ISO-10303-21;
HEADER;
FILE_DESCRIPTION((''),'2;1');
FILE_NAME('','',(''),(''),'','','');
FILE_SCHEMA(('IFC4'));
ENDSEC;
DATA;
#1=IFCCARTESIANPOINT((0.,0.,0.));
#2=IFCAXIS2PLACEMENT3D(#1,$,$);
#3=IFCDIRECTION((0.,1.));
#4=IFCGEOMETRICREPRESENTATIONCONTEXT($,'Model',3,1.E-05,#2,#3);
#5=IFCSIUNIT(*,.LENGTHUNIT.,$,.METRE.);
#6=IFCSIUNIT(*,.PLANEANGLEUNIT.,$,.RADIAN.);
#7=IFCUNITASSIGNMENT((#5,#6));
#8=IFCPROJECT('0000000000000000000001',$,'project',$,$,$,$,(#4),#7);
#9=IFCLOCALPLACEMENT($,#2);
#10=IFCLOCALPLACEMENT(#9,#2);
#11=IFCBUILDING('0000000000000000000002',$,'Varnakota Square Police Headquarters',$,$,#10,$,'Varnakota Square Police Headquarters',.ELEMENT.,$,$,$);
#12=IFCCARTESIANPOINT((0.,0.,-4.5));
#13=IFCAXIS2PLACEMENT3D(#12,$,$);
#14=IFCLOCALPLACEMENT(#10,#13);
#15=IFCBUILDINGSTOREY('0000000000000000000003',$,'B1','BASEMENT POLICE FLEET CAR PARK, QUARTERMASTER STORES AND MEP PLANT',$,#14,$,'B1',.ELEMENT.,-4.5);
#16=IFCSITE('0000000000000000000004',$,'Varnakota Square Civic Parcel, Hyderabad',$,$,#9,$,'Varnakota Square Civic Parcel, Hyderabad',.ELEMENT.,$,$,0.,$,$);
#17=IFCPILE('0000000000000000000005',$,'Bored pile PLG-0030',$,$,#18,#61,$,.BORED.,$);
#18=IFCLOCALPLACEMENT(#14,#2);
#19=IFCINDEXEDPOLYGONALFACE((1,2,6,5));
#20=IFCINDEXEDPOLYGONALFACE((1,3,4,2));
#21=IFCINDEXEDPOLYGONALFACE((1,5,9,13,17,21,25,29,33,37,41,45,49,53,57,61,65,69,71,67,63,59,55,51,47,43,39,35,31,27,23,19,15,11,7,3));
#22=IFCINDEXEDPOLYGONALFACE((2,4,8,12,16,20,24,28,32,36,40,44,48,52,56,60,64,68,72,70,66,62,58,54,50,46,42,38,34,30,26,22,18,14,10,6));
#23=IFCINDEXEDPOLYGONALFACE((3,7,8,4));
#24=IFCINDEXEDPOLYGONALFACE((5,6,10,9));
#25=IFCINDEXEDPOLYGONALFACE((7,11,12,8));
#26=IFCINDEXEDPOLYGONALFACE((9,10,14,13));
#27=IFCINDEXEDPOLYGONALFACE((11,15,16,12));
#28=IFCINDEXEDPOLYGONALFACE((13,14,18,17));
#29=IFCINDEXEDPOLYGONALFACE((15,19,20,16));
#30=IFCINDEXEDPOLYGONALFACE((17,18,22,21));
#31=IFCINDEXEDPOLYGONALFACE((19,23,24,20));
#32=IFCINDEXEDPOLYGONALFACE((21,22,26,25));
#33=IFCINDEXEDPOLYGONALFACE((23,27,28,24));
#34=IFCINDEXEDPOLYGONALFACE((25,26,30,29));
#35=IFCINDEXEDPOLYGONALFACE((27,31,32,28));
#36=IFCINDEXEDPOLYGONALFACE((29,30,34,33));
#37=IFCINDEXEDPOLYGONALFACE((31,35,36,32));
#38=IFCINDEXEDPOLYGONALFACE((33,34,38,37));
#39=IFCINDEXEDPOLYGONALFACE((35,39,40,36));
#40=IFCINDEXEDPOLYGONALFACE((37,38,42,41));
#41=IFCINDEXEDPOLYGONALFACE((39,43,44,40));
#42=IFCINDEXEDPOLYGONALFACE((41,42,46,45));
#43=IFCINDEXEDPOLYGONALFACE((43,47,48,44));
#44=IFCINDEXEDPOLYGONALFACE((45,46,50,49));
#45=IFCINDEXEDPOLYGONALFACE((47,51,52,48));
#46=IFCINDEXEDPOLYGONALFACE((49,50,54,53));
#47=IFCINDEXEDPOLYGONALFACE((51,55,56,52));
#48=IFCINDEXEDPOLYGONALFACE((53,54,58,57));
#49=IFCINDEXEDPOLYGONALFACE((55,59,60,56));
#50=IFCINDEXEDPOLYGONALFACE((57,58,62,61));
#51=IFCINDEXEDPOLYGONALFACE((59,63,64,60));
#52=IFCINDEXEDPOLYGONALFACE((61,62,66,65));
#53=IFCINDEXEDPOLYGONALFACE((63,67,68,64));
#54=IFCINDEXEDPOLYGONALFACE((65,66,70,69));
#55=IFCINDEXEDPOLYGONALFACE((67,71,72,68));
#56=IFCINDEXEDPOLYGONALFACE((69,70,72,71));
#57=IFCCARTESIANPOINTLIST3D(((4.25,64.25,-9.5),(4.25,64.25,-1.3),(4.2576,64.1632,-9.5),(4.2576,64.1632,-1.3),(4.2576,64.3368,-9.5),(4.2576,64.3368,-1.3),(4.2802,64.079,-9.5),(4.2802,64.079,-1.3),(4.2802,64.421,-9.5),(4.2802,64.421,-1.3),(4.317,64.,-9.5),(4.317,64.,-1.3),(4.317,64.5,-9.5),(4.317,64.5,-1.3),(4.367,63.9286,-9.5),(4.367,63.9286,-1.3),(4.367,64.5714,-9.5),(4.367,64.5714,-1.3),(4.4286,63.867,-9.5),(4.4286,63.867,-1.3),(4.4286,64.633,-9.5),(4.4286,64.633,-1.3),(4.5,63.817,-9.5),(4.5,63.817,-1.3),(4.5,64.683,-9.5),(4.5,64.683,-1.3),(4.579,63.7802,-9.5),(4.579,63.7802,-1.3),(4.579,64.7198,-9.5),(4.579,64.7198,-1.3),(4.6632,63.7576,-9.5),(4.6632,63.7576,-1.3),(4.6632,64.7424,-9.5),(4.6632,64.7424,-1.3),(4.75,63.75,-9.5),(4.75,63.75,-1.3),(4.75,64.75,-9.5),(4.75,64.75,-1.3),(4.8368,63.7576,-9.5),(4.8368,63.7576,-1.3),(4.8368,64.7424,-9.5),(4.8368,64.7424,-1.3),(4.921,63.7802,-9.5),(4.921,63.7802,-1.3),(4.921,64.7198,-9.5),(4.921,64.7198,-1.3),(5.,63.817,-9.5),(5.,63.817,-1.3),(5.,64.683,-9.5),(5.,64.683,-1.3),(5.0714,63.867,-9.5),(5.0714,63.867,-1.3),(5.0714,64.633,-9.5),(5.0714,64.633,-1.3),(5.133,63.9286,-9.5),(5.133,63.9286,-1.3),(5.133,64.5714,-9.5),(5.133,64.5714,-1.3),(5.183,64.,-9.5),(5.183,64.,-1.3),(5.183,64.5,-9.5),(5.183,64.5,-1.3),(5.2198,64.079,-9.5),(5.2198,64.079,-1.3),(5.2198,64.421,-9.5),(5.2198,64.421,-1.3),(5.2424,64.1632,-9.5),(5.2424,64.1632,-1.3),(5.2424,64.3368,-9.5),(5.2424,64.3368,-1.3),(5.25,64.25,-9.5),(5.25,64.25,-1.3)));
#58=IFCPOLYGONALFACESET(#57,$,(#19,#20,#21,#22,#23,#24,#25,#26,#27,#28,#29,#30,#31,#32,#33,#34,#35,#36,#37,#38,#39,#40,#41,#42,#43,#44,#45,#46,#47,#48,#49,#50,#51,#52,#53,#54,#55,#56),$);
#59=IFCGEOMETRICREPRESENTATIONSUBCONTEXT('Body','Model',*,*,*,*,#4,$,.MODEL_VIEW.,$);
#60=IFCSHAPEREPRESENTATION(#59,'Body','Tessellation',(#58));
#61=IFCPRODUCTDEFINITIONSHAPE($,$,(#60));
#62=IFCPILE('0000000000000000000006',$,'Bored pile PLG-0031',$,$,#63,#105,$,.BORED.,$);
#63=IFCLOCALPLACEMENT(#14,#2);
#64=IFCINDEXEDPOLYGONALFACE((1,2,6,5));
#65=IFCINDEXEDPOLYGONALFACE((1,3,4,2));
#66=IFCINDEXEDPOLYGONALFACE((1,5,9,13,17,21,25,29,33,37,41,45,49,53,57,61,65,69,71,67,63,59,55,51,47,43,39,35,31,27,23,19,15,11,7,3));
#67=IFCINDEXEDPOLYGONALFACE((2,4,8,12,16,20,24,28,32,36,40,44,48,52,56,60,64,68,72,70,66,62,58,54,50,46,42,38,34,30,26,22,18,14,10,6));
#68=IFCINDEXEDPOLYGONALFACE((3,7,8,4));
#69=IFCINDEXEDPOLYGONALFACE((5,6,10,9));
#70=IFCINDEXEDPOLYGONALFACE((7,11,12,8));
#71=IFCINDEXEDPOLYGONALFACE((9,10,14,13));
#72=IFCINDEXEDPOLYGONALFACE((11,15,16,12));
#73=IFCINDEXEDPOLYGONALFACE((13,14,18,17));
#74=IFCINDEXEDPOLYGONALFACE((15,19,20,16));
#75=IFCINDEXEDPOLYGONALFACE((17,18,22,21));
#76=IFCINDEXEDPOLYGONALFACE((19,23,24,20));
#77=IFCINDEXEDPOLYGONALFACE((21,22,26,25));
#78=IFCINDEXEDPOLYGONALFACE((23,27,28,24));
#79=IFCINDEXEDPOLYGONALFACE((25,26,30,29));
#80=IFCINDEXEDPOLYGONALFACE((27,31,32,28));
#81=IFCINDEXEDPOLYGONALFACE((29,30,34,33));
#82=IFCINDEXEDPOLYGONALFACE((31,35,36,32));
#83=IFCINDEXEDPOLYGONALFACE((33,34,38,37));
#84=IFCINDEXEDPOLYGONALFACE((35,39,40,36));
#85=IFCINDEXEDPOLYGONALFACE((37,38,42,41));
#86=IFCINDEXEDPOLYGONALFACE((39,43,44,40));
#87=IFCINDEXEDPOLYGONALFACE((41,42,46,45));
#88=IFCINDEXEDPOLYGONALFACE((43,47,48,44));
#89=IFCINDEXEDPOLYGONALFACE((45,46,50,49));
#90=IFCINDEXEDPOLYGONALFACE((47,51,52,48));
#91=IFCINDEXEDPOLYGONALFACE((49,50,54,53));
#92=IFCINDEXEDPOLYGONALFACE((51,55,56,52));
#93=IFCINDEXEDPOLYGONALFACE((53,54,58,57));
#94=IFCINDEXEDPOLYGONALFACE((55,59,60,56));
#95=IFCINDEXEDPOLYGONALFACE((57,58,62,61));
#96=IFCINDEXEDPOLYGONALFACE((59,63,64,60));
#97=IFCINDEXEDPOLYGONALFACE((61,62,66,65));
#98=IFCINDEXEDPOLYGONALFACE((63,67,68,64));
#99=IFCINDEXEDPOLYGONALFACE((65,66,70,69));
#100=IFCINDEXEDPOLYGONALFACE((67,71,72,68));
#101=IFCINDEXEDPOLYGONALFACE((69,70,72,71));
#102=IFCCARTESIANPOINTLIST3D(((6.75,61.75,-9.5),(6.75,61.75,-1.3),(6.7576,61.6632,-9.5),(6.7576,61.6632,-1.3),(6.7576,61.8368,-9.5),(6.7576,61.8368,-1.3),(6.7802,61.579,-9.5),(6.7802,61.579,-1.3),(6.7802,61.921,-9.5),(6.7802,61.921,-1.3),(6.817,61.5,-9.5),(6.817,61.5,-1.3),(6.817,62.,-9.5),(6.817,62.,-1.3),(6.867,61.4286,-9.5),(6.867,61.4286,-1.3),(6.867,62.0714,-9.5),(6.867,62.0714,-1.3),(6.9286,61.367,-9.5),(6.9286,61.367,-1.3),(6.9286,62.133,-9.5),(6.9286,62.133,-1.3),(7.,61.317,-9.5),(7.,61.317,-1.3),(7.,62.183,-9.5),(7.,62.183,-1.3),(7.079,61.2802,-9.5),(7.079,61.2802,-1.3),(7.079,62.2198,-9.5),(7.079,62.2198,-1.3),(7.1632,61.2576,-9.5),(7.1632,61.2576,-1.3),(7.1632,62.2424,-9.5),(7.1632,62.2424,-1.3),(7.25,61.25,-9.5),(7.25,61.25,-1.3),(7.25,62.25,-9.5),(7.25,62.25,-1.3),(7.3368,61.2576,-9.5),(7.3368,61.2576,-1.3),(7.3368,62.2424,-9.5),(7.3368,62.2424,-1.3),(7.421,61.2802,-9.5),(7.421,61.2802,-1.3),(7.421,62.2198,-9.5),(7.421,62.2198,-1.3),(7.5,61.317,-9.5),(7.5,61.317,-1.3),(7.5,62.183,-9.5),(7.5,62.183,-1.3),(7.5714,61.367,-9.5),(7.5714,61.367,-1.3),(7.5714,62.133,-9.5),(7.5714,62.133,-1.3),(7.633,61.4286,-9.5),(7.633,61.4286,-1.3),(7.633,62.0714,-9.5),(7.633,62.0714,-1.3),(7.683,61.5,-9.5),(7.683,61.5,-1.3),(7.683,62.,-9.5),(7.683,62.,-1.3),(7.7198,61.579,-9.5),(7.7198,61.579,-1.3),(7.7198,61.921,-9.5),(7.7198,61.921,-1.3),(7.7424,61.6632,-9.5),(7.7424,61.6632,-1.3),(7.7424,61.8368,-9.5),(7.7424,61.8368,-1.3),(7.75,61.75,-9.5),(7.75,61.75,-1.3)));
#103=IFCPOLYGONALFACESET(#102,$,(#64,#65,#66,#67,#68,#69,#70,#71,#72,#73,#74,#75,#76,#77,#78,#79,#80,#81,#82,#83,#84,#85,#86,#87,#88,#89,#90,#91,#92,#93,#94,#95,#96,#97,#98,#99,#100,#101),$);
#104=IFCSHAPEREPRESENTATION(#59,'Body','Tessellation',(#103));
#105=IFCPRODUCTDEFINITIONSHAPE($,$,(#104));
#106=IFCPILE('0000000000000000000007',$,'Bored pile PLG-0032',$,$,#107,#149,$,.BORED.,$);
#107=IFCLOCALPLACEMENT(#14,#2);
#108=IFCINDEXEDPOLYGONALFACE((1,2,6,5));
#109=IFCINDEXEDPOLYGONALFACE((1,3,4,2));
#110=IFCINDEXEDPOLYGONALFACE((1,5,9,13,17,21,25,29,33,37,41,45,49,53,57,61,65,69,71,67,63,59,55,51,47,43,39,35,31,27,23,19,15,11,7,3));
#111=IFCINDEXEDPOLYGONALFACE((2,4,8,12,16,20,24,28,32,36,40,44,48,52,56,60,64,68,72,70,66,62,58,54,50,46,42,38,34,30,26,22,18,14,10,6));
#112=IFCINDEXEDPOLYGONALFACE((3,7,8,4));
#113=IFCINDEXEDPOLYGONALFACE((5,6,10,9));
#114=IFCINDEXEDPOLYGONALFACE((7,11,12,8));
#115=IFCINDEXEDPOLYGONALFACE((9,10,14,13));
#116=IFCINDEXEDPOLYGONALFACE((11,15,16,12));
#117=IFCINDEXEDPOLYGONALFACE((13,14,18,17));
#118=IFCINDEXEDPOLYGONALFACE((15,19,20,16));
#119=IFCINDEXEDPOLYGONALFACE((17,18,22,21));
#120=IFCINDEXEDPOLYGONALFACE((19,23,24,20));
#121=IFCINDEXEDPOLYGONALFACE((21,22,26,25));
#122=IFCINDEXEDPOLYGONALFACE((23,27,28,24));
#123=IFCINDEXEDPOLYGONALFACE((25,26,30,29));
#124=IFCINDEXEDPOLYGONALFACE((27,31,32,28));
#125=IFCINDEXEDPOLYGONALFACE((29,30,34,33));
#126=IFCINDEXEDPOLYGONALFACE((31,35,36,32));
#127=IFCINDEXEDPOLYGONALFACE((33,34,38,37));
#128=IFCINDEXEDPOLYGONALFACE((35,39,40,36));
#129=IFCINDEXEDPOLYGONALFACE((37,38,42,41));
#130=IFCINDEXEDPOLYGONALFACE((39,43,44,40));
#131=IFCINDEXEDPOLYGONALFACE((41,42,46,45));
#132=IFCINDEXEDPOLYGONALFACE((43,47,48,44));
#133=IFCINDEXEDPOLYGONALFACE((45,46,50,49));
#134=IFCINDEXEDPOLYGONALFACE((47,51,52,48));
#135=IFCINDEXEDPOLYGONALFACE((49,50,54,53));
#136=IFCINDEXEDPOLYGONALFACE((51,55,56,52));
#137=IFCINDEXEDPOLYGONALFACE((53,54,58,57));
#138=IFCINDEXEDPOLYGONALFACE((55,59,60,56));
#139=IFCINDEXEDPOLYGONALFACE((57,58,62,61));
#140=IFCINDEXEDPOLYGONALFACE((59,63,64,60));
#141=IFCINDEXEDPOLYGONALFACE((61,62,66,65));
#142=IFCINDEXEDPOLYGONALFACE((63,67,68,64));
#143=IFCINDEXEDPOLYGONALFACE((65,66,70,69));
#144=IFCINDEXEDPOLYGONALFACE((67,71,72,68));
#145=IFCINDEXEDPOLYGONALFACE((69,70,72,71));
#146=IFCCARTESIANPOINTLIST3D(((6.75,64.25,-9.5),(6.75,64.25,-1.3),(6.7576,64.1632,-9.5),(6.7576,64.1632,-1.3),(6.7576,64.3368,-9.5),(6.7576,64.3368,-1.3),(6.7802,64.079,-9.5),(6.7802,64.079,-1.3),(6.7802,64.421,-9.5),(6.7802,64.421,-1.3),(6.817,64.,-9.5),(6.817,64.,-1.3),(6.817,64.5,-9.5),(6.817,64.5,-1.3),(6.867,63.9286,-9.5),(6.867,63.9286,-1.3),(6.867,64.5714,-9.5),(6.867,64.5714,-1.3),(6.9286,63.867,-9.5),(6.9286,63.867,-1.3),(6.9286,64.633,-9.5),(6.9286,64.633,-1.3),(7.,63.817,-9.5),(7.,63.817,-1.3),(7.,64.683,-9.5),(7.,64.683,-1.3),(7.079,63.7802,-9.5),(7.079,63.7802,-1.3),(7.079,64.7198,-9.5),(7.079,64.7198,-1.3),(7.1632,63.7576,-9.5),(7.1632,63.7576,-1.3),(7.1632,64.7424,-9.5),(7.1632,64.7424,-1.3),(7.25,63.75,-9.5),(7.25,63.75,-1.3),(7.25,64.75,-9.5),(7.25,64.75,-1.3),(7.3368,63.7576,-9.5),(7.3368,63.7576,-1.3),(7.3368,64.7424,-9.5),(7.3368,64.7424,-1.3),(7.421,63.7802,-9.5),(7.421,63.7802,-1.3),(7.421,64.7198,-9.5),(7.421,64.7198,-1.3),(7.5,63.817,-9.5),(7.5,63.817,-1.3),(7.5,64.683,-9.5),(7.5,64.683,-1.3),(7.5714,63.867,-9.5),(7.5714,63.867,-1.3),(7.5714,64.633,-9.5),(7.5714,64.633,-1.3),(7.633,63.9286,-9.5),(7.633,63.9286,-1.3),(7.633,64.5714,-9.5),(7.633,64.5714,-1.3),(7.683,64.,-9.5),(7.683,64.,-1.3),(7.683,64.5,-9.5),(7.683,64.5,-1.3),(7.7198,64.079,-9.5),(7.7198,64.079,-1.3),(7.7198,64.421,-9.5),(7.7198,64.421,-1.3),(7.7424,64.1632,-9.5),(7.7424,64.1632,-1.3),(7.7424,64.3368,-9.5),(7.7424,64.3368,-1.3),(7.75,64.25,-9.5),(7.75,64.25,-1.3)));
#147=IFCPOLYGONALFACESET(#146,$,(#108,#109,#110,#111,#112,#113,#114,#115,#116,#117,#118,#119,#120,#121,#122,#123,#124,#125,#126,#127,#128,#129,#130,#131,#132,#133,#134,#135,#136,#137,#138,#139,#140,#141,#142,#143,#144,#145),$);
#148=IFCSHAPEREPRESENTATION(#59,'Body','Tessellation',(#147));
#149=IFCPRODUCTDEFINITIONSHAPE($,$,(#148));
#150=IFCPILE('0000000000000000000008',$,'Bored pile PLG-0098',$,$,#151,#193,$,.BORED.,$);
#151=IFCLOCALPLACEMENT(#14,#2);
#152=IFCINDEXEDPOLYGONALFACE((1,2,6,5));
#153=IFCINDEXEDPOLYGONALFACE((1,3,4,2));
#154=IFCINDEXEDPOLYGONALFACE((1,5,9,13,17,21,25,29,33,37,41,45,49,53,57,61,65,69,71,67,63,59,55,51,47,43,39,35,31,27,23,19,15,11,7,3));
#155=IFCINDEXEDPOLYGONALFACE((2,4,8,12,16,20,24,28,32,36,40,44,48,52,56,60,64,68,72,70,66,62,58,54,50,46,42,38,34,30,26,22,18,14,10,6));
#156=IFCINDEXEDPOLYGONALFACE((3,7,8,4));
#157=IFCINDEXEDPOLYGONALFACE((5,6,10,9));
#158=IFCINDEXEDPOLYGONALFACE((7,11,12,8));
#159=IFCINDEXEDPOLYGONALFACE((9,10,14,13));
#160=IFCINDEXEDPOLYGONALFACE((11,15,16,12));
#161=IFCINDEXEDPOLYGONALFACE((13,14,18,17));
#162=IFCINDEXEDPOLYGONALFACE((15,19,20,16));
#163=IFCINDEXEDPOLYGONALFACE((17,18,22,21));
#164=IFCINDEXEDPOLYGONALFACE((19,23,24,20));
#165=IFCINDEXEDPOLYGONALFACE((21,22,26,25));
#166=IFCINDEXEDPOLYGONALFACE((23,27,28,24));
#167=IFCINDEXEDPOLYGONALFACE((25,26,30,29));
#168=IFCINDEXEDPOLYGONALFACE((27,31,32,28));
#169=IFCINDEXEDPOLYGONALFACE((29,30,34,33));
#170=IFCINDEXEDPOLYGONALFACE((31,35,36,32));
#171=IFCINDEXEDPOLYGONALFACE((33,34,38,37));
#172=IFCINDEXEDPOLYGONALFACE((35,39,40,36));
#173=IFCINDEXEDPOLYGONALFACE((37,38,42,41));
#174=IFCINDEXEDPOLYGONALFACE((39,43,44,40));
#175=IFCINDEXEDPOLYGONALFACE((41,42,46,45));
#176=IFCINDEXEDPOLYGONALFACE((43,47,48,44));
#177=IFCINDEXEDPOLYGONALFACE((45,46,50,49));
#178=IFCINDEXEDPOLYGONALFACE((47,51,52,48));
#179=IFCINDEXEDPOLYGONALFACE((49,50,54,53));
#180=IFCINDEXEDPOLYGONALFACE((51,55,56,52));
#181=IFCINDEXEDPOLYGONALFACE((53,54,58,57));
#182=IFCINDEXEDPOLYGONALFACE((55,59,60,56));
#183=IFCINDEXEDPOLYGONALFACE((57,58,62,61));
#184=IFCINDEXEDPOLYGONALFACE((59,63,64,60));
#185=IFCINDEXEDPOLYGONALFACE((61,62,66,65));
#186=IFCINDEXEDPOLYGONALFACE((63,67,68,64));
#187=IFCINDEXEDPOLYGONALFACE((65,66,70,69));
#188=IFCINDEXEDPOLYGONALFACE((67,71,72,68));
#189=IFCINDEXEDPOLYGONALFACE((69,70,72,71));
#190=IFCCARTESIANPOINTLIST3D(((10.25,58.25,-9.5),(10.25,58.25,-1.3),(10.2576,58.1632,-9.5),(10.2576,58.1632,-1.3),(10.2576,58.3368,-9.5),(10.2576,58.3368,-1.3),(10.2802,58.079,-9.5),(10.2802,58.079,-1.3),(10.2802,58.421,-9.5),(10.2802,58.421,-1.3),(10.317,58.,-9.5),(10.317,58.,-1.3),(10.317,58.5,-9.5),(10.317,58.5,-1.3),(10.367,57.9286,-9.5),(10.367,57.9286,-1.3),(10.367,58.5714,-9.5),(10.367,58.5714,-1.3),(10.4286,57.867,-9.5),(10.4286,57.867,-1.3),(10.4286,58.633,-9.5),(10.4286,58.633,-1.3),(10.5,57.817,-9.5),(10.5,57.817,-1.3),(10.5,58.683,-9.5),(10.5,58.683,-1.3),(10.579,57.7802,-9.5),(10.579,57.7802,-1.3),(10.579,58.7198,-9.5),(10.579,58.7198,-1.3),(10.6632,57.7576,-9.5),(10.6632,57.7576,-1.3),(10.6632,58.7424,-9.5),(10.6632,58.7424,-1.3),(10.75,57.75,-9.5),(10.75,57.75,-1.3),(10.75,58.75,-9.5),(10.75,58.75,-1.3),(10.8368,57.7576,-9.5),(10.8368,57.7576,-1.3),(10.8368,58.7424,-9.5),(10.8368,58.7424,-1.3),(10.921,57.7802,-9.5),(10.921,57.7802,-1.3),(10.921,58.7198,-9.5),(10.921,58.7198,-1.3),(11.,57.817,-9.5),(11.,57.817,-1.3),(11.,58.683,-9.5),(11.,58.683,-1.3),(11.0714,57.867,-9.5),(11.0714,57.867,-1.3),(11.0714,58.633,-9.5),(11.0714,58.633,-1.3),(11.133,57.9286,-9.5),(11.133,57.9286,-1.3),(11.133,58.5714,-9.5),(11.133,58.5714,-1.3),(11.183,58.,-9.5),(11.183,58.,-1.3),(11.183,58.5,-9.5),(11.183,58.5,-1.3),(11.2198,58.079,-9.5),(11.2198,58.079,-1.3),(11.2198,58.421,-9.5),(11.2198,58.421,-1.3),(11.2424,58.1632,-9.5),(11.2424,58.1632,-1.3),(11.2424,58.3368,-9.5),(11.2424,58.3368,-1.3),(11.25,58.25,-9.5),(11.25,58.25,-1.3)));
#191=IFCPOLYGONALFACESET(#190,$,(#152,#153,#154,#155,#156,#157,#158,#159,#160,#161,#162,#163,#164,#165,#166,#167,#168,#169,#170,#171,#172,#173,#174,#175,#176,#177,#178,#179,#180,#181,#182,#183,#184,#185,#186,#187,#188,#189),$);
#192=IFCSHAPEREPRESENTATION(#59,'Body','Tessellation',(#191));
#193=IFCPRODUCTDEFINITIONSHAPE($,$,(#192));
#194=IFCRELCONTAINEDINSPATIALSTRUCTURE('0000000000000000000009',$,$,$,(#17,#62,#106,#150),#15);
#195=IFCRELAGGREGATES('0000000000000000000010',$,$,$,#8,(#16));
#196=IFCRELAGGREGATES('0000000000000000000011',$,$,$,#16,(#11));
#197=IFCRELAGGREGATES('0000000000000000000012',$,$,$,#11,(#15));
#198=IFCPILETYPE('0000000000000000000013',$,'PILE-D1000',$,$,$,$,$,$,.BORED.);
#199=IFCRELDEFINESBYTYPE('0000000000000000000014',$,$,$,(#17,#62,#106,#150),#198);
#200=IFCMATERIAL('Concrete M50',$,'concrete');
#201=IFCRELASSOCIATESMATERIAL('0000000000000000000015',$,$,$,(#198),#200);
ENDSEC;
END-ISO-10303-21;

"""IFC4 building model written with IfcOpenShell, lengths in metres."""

from ifc_helpers import new_model, si_unit, direction, frame, origin, origin_2d, place, context, subcontext, project, spatial, circle, extrude, material, material_profile, profile_set, type_object, element, save


model = new_model("IFC4")

# Units and contexts
model_context = context("Model", 3, precision=1e-05, world=origin(), true_north=direction((0.0, 1.0)))
body_context = subcontext(model_context, "Body", "Model", "MODEL_VIEW")
ifc_project = project(units=[si_unit("LENGTHUNIT", "METRE"), si_unit("PLANEANGLEUNIT", "RADIAN")], contexts=[model_context])

# Site, building, storey
site_placement = place(None, origin())
site = spatial("IfcSite", under=ifc_project, at=site_placement, Name="Varnakota Square Civic Parcel, Hyderabad", LongName="Varnakota Square Civic Parcel, Hyderabad", CompositionType="ELEMENT", RefElevation=0.0)
building_placement = place(site_placement, origin())
building = spatial("IfcBuilding", under=site, at=building_placement, Name="Varnakota Square Police Headquarters", LongName="Varnakota Square Police Headquarters", CompositionType="ELEMENT")
storey_placement = place(building_placement, frame((0.0, 0.0, -4.5)))
storey = spatial("IfcBuildingStorey", under=building, at=storey_placement, Name="B1", Description="BASEMENT POLICE FLEET CAR PARK, QUARTERMASTER STORES AND MEP PLANT", LongName="B1", CompositionType="ELEMENT", Elevation=-4.5)

# Shared definitions
ifc_material_1 = material(Name="Concrete M50", Category="concrete")

# Piles
ifc_material_profile_1 = material_profile(ifc_material_1, circle(Radius=0.5, at=origin_2d()), Name="BORED PILE 1000")
ifc_profile_set_1 = profile_set([ifc_material_profile_1], Name="Concrete M50")
pile_type_1 = type_object("IfcPileType", Name="PILE-D1000", PredefinedType="BORED", material=ifc_profile_set_1)
for number, where, z_axis, x_axis, name in (
    (1, (4.75, 64.25, -1.3), (0.0, 0.0, -1.0), (1.0, 0.0, 0.0), "Bored pile PLG-0030"),
    (2, (7.25, 61.75, -1.3), (0.0, 0.0, -1.0), (1.0, 0.0, 0.0), "Bored pile PLG-0031"),
    (3, (7.25, 64.25, -1.3), (0.0, 0.0, -1.0), (1.0, 0.0, 0.0), "Bored pile PLG-0032"),
    (4, (10.75, 58.25, -1.3), (0.0, 0.0, -1.0), (1.0, 0.0, 0.0), "Bored pile PLG-0098"),
):
    element("IfcPile", number, at=place(storey_placement, frame(where, z_axis=z_axis, x_axis=x_axis)), inside=storey, type_object=pile_type_1, Name=name, PredefinedType="BORED", context=body_context, shape_type="SweptSolid", body=[
        extrude(circle(Radius=0.5, at=origin_2d()), origin(), (0.0, 0.0, 1.0), 8.2),
    ])

save(model, "model.ifc")
